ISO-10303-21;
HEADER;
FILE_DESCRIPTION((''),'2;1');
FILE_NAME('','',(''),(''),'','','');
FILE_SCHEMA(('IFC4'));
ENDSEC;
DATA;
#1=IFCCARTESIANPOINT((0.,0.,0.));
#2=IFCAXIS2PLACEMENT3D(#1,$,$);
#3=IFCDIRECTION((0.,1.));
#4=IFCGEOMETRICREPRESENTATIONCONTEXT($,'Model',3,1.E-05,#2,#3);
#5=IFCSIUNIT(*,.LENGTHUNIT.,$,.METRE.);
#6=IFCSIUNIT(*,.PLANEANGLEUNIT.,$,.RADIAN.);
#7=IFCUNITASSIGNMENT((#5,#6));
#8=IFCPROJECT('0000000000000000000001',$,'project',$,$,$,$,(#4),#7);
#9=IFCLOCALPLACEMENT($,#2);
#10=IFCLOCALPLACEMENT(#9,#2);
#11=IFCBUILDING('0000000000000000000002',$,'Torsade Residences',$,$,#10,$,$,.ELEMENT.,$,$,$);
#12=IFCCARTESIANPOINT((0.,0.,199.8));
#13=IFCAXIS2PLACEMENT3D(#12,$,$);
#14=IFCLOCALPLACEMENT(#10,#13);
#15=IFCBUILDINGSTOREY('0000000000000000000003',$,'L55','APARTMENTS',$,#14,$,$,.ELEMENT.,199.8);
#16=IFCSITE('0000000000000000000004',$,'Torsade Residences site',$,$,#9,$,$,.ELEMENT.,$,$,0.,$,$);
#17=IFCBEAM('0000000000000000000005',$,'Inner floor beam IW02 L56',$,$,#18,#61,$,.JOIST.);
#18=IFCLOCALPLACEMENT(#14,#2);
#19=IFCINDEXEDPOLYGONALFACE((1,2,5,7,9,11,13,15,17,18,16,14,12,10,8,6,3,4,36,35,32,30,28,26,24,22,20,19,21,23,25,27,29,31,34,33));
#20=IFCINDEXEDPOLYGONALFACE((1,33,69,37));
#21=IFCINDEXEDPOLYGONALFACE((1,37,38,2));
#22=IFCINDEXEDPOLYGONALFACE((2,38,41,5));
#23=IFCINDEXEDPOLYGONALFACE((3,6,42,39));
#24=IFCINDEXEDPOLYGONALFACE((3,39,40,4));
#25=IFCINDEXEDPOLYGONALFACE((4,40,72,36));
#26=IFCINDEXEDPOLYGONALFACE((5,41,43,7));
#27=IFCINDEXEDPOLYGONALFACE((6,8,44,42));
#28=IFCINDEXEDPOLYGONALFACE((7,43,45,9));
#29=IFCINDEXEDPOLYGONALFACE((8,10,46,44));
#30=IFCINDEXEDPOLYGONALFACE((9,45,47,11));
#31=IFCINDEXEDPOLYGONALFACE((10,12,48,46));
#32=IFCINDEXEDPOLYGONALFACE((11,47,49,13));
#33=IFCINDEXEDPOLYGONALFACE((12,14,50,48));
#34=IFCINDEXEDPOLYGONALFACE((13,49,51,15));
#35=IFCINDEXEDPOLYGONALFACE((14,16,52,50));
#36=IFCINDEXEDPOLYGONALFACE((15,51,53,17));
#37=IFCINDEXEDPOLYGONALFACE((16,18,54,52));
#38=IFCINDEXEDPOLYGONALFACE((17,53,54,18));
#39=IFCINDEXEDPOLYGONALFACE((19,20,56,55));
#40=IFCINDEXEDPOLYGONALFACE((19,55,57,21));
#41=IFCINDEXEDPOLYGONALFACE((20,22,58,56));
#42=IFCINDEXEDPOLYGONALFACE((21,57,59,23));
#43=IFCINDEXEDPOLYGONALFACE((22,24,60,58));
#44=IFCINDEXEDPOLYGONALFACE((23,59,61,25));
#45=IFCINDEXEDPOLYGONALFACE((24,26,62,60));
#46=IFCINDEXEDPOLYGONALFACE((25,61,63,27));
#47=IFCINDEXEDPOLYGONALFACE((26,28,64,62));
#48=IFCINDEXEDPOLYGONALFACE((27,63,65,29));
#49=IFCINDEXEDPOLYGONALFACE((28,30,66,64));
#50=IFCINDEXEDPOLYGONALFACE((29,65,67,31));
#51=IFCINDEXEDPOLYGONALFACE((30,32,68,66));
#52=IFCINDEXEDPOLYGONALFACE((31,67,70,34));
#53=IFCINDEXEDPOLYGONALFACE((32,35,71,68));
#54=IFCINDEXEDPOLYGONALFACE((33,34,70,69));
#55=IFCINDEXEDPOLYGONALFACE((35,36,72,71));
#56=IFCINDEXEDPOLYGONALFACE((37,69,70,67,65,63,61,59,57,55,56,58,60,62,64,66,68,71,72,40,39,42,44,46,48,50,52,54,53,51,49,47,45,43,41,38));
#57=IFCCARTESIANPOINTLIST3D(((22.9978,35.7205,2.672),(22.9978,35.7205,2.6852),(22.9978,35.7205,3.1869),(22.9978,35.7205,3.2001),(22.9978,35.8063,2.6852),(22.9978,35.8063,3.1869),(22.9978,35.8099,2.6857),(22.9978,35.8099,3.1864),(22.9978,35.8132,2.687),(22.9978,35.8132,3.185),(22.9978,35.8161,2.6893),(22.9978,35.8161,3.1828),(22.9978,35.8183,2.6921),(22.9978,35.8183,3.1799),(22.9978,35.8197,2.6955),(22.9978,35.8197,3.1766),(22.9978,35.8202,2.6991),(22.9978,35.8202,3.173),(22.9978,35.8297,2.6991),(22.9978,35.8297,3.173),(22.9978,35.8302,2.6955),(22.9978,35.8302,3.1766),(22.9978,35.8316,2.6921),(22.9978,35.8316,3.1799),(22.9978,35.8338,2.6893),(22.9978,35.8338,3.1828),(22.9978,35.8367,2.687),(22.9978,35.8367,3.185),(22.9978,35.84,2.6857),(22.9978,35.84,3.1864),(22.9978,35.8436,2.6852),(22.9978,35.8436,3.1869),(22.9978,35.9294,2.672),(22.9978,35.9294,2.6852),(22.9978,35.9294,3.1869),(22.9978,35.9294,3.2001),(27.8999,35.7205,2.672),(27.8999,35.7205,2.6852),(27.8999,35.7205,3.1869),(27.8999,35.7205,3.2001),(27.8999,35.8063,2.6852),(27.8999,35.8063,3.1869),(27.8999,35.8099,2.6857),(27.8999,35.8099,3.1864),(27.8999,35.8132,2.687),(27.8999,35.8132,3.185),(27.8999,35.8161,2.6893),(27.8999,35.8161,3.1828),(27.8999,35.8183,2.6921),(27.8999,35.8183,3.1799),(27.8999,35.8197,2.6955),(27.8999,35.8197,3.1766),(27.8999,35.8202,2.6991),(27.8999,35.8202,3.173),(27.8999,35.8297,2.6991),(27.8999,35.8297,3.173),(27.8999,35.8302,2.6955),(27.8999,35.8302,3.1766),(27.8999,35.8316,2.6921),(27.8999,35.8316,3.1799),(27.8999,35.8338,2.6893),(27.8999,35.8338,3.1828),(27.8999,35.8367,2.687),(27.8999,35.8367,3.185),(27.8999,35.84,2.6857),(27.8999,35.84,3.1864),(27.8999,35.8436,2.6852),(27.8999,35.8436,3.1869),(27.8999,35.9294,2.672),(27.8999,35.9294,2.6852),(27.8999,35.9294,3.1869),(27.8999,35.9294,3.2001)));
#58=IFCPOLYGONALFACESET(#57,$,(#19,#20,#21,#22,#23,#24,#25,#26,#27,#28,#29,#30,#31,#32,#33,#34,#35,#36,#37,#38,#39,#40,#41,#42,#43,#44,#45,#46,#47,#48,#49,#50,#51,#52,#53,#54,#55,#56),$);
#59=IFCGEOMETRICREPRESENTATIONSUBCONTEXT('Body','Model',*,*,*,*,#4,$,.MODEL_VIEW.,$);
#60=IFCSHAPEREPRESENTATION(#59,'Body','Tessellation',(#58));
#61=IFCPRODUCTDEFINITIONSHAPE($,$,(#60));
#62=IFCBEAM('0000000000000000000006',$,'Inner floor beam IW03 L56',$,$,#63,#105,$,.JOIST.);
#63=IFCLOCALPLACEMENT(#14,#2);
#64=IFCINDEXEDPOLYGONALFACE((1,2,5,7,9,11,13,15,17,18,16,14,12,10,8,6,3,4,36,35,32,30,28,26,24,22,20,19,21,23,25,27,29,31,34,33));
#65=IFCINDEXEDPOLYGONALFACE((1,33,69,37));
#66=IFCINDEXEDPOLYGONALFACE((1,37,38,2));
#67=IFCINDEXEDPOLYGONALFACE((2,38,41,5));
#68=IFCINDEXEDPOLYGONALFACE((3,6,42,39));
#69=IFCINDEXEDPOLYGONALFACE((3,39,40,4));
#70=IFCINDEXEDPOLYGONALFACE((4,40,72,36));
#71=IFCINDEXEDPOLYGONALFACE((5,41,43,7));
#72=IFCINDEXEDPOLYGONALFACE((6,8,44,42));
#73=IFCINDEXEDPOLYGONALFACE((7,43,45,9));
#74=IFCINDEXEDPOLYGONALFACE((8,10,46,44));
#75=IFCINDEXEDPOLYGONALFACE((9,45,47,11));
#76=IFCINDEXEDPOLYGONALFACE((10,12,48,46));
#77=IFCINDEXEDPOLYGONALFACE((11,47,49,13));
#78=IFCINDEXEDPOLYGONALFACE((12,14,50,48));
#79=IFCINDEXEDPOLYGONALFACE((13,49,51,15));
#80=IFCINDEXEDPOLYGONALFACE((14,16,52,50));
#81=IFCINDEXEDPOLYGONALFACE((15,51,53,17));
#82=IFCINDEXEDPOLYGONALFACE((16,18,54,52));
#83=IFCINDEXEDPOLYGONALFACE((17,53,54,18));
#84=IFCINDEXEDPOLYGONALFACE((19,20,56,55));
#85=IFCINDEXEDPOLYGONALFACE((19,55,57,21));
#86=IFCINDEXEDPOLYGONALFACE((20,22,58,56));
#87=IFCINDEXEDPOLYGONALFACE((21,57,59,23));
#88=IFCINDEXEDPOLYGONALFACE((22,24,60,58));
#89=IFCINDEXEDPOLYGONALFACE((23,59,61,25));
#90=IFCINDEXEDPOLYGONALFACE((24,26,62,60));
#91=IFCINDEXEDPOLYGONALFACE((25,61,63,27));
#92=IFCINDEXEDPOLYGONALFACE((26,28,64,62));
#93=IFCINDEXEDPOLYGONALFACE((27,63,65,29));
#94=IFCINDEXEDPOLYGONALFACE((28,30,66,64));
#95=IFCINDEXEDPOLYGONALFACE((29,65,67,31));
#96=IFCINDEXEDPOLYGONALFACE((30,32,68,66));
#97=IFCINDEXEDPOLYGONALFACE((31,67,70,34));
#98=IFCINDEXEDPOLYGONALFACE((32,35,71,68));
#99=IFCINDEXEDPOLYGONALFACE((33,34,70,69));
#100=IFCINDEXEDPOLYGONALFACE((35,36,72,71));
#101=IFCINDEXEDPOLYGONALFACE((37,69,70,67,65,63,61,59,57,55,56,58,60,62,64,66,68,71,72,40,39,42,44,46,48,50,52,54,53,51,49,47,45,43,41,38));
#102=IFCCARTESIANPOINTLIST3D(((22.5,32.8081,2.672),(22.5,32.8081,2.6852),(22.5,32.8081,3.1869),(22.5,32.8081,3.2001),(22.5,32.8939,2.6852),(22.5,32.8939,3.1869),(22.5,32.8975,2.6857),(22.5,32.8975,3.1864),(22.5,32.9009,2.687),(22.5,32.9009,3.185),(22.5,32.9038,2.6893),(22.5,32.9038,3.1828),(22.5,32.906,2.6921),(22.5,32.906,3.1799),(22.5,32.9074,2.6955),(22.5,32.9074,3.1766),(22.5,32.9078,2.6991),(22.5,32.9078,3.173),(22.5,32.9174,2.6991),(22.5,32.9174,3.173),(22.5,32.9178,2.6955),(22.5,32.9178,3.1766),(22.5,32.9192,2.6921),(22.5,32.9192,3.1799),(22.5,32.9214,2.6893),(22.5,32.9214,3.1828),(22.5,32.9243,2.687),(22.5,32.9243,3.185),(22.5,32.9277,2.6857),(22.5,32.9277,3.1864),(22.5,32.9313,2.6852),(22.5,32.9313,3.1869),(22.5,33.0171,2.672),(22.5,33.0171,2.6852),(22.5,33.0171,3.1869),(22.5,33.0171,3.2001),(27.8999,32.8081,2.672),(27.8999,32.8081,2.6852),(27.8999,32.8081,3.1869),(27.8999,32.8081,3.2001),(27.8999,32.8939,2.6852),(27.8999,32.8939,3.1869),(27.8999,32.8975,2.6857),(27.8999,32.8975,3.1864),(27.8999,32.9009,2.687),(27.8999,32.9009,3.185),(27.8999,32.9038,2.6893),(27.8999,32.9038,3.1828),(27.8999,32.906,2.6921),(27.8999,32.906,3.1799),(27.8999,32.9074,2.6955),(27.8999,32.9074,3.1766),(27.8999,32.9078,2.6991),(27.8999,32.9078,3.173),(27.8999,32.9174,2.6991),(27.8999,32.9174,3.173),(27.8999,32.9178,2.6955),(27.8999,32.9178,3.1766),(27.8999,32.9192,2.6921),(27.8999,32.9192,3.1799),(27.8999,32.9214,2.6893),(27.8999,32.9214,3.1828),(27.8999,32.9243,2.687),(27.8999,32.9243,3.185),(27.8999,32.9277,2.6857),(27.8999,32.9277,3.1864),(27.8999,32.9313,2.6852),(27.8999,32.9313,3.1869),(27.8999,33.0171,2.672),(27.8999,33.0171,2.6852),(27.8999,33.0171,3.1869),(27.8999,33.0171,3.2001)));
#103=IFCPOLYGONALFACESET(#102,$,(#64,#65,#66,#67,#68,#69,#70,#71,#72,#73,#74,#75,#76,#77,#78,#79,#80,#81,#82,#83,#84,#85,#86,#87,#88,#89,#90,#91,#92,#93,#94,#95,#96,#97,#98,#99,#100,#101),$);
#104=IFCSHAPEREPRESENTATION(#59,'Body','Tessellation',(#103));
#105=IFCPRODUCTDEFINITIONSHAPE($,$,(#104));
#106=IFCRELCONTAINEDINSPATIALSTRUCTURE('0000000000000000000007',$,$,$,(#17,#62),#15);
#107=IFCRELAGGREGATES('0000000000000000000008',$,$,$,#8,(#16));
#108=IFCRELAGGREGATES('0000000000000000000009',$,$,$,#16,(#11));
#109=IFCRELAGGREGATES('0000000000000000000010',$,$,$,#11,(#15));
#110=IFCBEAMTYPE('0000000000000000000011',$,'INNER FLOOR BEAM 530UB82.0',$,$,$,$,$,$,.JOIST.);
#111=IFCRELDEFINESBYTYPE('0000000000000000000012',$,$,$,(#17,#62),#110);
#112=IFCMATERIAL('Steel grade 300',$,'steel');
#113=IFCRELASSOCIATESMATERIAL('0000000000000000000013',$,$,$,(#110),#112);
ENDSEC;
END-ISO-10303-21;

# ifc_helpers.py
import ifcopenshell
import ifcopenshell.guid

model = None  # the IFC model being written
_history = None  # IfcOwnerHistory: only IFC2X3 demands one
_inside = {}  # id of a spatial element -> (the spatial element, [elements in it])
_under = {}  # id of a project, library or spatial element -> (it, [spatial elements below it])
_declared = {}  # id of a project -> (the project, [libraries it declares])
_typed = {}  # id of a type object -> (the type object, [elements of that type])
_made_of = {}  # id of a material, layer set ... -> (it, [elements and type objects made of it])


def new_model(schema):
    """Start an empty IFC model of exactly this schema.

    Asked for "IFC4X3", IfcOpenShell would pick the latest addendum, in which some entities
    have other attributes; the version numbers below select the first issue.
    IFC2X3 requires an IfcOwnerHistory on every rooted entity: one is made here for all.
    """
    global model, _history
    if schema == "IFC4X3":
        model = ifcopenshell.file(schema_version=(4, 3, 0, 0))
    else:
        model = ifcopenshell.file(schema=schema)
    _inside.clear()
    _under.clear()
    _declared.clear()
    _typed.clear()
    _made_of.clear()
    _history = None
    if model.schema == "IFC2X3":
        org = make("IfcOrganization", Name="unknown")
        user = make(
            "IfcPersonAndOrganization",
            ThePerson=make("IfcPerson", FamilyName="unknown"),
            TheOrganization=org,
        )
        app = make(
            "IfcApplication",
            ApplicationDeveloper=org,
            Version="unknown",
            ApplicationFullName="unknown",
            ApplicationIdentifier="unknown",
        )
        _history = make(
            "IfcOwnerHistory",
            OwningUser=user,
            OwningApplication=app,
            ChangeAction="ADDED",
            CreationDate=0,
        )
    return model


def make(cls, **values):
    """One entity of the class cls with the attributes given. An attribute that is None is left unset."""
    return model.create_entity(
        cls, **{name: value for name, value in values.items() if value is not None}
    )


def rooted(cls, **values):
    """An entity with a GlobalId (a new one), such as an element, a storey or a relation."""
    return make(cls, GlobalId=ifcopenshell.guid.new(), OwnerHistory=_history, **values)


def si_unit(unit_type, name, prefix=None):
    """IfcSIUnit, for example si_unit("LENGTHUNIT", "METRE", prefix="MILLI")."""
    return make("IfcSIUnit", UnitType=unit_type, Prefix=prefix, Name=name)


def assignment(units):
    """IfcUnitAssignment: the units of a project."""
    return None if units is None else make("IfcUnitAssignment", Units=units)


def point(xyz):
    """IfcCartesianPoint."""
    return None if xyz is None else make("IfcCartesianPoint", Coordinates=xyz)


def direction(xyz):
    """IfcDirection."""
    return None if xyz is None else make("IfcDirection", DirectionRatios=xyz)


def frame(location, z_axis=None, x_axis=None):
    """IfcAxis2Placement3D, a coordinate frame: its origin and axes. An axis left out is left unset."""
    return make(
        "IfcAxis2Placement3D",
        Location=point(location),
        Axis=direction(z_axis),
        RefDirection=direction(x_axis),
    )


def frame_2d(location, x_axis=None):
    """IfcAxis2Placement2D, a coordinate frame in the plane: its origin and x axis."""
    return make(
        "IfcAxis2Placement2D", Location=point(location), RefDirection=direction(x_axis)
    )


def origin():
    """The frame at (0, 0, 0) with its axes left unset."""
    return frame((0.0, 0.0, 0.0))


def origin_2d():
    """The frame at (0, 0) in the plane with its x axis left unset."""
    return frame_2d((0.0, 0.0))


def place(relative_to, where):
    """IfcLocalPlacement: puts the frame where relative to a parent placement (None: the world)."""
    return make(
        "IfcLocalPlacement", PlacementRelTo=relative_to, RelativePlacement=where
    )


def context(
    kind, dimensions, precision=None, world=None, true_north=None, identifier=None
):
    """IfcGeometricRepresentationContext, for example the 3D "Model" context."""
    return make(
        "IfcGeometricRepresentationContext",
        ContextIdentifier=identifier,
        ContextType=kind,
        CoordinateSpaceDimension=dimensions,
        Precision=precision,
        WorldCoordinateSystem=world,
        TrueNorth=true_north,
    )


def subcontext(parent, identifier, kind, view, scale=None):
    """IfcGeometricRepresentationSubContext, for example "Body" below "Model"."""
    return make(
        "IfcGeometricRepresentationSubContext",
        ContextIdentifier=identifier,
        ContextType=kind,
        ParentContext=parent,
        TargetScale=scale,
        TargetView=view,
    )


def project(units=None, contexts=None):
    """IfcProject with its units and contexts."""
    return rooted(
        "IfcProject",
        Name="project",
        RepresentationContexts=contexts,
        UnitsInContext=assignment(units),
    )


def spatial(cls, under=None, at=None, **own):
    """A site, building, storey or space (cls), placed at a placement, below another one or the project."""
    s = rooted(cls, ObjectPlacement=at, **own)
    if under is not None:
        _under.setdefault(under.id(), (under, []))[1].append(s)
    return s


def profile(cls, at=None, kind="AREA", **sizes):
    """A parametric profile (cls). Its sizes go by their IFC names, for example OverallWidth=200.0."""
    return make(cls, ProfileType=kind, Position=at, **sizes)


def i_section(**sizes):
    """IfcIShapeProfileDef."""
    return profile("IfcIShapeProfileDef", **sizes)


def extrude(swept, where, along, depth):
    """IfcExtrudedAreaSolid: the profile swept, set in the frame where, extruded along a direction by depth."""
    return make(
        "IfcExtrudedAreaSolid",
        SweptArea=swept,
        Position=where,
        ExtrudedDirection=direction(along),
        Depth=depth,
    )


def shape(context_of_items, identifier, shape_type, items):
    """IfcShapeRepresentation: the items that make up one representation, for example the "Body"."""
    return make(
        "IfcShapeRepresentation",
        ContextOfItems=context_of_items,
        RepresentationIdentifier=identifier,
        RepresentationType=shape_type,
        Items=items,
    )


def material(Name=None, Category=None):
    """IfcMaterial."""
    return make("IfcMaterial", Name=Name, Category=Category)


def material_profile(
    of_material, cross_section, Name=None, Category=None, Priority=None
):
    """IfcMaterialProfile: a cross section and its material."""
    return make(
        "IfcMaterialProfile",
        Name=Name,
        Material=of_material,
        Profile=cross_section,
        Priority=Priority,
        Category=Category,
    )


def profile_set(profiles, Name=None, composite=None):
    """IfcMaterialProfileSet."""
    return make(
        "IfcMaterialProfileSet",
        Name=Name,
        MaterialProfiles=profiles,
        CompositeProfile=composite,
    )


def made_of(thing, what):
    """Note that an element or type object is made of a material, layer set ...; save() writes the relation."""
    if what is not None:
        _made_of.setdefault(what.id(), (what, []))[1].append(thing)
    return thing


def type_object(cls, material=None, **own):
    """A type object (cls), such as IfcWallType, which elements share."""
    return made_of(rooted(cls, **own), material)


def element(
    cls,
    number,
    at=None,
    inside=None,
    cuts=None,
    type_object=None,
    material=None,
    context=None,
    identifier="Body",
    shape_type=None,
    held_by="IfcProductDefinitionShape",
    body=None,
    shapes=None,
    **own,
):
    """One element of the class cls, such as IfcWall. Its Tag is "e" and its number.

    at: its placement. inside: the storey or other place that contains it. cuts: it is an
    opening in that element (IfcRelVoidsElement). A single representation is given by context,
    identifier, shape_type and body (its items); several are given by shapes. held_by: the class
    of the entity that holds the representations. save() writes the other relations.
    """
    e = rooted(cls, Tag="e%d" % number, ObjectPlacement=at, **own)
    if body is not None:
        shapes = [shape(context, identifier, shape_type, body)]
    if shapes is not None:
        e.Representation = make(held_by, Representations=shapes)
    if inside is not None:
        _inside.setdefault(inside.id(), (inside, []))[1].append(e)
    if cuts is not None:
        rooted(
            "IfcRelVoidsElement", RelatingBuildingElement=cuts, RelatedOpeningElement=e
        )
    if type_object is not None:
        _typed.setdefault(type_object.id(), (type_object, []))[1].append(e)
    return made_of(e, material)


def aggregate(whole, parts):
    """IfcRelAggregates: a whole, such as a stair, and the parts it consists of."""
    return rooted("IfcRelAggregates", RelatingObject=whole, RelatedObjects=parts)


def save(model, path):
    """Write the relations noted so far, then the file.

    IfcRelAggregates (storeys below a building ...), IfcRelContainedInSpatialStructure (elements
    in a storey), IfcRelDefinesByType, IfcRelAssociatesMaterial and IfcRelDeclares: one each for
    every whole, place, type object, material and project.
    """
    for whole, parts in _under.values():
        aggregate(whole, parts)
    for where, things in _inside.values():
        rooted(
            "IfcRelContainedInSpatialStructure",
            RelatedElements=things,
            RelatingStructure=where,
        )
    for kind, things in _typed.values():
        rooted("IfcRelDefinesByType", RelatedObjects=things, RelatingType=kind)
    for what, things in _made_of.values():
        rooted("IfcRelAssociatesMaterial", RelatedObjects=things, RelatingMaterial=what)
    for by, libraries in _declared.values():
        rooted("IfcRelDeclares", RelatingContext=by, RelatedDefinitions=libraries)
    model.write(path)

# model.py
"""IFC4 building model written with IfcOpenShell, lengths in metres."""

from ifc_helpers import new_model, si_unit, direction, frame, origin, origin_2d, place, context, subcontext, project, spatial, i_section, extrude, material, material_profile, profile_set, type_object, element, save


model = new_model("IFC4")

# Units and contexts
model_context = context("Model", 3, precision=1e-05, world=origin(), true_north=direction((0.0, 1.0)))
body_context = subcontext(model_context, "Body", "Model", "MODEL_VIEW")
ifc_project = project(units=[si_unit("LENGTHUNIT", "METRE"), si_unit("PLANEANGLEUNIT", "RADIAN")], contexts=[model_context])

# Site, building, storey
site_placement = place(None, origin())
site = spatial("IfcSite", under=ifc_project, at=site_placement, Name="Torsade Residences site", CompositionType="ELEMENT", RefElevation=0.0)
building_placement = place(site_placement, origin())
building = spatial("IfcBuilding", under=site, at=building_placement, Name="Torsade Residences", CompositionType="ELEMENT")
storey_placement = place(building_placement, frame((0.0, 0.0, 199.8)))
storey = spatial("IfcBuildingStorey", under=building, at=storey_placement, Name="L55", Description="APARTMENTS", CompositionType="ELEMENT", Elevation=199.8)

# Beams
ifc_material_1 = material(Name="Steel grade 300", Category="steel")
ifc_material_profile = material_profile(ifc_material_1, i_section(OverallWidth=0.209, OverallDepth=0.5281, WebThickness=0.0095, FlangeThickness=0.0132, FilletRadius=0.0139, at=origin_2d()), Name="530UB82.0")
ifc_profile_set = profile_set([ifc_material_profile], Name="Steel grade 300")
beam_type = type_object("IfcBeamType", Name="INNER FLOOR BEAM 530UB82.0", PredefinedType="JOIST", material=ifc_profile_set)
beam_1_placement = place(storey_placement, frame((27.8999, 35.825, 2.936), z_axis=(-1.0, 0.0, 0.0), x_axis=(0.0, -1.0, 0.0)))
element("IfcBeam", 1, at=beam_1_placement, inside=storey, type_object=beam_type, Name="Inner floor beam IW02 L56", PredefinedType="JOIST", context=body_context, shape_type="SweptSolid", body=[
    extrude(i_section(OverallWidth=0.209, OverallDepth=0.5281, WebThickness=0.0095, FlangeThickness=0.0132, FilletRadius=0.0139, at=origin_2d()), origin(), (0.0, 0.0, 1.0), 4.9021),
])
beam_2_placement = place(storey_placement, frame((27.8999, 32.9126, 2.936), z_axis=(-1.0, 0.0, 0.0), x_axis=(0.0, -1.0, 0.0)))
element("IfcBeam", 2, at=beam_2_placement, inside=storey, type_object=beam_type, Name="Inner floor beam IW03 L56", PredefinedType="JOIST", context=body_context, shape_type="SweptSolid", body=[
    extrude(i_section(OverallWidth=0.209, OverallDepth=0.5281, WebThickness=0.0095, FlangeThickness=0.0132, FilletRadius=0.0139, at=origin_2d()), origin(), (0.0, 0.0, 1.0), 5.3999),
])

save(model, "model.ifc")
